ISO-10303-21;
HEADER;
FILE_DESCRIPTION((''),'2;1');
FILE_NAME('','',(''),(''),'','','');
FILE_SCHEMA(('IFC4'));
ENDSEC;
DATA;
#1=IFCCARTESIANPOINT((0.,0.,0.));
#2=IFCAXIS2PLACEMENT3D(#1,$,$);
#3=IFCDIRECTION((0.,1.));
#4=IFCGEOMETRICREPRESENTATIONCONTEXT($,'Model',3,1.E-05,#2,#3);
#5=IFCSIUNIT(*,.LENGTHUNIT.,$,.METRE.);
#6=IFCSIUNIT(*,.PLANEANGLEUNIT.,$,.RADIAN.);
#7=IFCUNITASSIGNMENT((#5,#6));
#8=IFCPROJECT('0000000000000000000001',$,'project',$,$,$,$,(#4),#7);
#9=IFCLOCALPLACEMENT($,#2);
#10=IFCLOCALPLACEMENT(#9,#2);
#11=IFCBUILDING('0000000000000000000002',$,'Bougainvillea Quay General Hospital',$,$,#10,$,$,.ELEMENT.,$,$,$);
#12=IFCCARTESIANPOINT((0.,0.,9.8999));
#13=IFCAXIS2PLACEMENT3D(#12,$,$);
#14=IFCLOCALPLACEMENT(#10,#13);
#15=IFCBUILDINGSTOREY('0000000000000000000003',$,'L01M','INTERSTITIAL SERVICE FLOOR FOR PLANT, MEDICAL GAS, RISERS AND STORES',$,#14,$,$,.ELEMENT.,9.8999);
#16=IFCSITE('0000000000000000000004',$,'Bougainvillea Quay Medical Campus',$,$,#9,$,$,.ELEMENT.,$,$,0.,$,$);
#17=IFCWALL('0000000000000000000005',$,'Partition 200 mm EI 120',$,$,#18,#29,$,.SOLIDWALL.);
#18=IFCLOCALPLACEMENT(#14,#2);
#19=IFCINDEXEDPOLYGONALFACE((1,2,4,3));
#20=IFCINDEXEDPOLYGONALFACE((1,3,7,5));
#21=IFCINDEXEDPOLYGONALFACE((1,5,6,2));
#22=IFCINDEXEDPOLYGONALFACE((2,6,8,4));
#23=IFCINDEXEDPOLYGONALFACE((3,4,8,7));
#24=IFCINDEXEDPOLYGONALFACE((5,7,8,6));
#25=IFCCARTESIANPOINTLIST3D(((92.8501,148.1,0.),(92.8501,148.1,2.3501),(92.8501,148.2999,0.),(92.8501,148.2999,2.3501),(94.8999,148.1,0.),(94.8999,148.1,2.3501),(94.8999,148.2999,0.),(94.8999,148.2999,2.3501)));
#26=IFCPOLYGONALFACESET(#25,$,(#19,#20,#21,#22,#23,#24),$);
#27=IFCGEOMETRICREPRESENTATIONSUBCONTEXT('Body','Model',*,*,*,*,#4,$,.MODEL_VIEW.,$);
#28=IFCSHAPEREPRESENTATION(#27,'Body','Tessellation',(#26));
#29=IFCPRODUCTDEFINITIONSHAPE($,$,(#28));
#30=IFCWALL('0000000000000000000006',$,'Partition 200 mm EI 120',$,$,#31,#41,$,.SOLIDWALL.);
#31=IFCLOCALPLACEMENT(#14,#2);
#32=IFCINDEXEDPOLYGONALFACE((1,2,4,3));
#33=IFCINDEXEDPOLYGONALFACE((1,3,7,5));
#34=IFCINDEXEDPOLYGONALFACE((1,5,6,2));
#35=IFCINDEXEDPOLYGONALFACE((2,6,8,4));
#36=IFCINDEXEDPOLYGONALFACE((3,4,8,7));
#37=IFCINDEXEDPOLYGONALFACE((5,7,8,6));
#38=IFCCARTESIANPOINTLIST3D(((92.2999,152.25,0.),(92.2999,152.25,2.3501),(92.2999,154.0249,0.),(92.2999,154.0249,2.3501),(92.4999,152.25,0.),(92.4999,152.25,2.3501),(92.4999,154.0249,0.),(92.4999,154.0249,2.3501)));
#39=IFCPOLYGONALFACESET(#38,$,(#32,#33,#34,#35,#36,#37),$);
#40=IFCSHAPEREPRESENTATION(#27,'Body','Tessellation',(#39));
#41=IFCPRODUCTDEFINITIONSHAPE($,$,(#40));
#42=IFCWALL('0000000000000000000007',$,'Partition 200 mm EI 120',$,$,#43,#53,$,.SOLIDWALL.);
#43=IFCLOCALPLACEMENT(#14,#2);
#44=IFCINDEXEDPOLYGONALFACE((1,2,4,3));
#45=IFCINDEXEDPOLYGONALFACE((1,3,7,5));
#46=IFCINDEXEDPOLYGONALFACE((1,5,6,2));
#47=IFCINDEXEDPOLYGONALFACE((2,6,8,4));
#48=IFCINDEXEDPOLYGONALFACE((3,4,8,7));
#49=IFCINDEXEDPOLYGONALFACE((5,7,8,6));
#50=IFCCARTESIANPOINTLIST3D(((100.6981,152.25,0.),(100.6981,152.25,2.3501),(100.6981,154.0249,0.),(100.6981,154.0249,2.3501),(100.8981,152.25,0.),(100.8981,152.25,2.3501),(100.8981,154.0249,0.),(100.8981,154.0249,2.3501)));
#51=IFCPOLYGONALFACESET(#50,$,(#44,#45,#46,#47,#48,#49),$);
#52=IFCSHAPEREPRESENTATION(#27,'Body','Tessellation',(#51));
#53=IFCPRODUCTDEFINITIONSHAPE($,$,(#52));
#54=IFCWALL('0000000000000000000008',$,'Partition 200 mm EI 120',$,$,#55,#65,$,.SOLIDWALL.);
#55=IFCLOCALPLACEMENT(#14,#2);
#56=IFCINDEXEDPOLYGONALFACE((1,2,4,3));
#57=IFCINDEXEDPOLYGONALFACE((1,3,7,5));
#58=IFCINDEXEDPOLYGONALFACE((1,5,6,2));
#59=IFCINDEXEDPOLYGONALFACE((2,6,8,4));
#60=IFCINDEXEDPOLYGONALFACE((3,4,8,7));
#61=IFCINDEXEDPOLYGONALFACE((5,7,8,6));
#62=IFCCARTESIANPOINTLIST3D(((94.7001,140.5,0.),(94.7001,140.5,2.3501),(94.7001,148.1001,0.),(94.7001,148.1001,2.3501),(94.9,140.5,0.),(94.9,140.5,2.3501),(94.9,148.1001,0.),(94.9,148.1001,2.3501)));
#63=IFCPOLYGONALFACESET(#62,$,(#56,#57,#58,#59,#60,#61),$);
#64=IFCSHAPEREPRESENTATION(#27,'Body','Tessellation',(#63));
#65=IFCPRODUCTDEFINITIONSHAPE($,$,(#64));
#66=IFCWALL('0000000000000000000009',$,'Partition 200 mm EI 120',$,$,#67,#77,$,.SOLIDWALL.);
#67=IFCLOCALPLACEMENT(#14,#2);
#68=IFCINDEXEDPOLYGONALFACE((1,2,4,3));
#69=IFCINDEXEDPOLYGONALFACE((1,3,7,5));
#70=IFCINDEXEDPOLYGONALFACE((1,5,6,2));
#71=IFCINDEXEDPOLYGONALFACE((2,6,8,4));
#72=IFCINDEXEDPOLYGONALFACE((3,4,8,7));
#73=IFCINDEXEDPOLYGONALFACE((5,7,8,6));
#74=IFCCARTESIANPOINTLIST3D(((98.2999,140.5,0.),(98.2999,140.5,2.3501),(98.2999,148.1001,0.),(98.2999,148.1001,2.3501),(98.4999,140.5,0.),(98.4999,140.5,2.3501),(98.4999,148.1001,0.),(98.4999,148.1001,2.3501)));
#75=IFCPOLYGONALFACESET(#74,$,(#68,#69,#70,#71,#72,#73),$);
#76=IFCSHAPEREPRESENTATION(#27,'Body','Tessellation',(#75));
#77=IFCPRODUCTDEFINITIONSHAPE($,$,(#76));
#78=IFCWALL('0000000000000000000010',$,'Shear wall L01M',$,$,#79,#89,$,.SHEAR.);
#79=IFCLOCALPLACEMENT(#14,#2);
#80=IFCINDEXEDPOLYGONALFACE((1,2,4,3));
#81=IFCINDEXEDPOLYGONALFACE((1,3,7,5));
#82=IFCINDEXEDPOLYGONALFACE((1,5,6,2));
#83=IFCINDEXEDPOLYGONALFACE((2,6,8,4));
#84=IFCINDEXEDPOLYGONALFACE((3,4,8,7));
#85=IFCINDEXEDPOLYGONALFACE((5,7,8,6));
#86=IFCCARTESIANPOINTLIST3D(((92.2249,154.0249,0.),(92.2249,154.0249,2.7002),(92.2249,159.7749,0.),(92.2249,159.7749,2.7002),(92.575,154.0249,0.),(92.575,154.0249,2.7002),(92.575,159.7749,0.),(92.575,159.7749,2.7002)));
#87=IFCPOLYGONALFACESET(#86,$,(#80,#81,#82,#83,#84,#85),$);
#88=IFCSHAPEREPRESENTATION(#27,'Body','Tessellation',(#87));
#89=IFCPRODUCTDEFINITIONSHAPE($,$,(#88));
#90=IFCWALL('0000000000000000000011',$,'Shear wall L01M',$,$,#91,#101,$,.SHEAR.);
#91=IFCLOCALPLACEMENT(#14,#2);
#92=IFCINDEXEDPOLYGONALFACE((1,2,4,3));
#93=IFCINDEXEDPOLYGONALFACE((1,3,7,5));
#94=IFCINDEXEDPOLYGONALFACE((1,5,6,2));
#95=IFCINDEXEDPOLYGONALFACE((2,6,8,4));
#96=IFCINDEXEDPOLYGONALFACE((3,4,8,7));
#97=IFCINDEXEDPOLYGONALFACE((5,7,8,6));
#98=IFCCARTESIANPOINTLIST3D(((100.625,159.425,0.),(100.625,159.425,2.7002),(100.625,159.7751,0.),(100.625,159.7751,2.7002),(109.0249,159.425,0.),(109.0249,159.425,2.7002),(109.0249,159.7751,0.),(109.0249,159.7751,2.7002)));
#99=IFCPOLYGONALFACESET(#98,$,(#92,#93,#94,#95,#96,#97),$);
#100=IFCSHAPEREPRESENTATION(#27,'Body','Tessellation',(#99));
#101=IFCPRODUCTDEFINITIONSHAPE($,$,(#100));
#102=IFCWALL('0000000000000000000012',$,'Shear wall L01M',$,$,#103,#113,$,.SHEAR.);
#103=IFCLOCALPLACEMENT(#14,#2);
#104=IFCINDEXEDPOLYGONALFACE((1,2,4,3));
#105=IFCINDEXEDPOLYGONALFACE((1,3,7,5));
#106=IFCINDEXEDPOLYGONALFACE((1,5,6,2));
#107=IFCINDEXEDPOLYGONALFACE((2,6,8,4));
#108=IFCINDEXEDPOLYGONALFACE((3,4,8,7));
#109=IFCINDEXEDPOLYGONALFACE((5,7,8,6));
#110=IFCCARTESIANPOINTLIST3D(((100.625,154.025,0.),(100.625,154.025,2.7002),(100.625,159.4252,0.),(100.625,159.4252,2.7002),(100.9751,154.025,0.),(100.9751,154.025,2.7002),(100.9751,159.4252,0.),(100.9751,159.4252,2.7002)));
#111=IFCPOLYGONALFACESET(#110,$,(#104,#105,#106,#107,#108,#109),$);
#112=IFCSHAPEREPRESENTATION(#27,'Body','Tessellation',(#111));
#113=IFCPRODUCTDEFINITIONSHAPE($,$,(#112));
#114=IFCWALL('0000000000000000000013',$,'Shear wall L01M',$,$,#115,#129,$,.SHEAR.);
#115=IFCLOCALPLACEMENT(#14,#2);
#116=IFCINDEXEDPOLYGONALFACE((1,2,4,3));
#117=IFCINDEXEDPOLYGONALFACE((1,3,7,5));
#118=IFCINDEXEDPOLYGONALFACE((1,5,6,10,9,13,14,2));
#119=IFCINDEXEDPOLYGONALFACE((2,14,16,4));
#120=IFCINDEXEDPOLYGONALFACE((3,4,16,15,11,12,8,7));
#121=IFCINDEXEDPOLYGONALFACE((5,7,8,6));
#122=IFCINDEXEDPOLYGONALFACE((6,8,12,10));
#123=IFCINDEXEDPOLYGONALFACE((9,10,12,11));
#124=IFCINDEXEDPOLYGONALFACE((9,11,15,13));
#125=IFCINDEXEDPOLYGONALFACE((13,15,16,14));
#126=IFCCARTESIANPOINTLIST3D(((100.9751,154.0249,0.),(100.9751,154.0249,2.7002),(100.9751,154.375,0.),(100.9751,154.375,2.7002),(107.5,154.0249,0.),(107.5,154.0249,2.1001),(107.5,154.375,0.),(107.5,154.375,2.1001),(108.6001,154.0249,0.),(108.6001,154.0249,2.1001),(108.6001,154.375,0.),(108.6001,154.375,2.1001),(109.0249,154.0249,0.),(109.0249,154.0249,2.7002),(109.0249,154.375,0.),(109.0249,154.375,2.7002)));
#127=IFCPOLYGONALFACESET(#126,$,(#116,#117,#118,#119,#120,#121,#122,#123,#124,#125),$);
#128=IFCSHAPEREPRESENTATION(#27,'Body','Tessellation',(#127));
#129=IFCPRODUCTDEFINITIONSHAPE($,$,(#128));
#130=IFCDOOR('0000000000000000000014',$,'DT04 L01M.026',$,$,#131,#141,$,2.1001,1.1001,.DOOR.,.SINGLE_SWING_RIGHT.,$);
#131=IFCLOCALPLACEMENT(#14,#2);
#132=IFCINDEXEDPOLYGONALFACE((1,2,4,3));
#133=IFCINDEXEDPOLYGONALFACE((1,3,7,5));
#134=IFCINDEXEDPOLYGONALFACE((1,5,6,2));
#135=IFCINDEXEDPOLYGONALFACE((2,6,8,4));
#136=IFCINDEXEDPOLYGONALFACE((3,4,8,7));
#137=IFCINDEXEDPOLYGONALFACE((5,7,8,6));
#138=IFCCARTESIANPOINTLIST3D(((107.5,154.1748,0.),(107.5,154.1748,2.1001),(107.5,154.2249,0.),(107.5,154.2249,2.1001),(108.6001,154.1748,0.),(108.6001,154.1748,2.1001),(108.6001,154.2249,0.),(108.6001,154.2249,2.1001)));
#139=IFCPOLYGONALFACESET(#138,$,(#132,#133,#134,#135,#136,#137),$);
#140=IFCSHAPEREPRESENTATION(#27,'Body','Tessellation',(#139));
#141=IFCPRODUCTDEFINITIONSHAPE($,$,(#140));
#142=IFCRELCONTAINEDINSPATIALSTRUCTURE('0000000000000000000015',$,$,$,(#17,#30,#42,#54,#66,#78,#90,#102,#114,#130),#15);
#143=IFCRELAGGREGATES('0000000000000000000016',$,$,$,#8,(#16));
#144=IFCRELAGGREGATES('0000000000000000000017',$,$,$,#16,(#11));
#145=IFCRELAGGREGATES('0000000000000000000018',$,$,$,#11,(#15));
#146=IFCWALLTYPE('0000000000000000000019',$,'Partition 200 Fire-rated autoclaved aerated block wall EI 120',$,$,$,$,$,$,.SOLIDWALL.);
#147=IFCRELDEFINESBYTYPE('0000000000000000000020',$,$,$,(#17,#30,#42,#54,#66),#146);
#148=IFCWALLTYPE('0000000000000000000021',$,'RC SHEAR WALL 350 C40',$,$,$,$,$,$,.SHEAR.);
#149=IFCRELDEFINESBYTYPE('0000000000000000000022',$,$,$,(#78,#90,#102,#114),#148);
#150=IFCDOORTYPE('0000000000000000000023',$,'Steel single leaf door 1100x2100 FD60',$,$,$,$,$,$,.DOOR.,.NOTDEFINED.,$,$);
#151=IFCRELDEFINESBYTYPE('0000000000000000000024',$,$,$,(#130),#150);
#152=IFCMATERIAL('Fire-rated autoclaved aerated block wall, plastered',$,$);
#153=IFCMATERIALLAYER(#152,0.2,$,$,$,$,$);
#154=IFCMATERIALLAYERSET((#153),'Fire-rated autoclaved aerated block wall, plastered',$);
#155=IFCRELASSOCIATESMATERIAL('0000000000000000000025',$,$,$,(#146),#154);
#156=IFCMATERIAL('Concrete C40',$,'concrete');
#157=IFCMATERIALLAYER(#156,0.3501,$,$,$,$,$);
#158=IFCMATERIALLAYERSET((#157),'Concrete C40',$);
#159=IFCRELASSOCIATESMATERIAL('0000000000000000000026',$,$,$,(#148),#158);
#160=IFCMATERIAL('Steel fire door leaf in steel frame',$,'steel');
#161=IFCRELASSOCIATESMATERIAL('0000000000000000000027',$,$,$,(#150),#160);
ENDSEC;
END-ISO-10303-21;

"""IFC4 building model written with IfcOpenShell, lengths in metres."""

from ifc_helpers import new_model, si_unit, direction, frame, frame_2d, origin, place, context, subcontext, project, spatial, rectangle, extrude, material, layer, layer_set, type_object, element, fill, save


model = new_model("IFC4")

# Units and contexts
model_context = context("Model", 3, precision=1e-05, world=origin(), true_north=direction((0.0, 1.0)))
body_context = subcontext(model_context, "Body", "Model", "MODEL_VIEW")
ifc_project = project(units=[si_unit("LENGTHUNIT", "METRE"), si_unit("PLANEANGLEUNIT", "RADIAN")], contexts=[model_context])

# Site, building, storey
site_placement = place(None, origin())
site = spatial("IfcSite", under=ifc_project, at=site_placement, Name="Bougainvillea Quay Medical Campus", CompositionType="ELEMENT", RefElevation=0.0)
building_placement = place(site_placement, origin())
building = spatial("IfcBuilding", under=site, at=building_placement, Name="Bougainvillea Quay General Hospital", CompositionType="ELEMENT")
storey_placement = place(building_placement, frame((0.0, 0.0, 9.8999)))
storey = spatial("IfcBuildingStorey", under=building, at=storey_placement, Name="L01M", Description="INTERSTITIAL SERVICE FLOOR FOR PLANT, MEDICAL GAS, RISERS AND STORES", CompositionType="ELEMENT", Elevation=9.8999)

# Shared definitions
ifc_material_1 = material(Name="Fire-rated autoclaved aerated block wall, plastered")
ifc_layer_1 = layer(ifc_material_1, 0.2)
ifc_layer_set_1 = layer_set([ifc_layer_1], Name="Fire-rated autoclaved aerated block wall, plastered")
wall_type_1 = type_object("IfcWallType", Name="Partition 200 Fire-rated autoclaved aerated block wall EI 120", PredefinedType="SOLIDWALL", material=ifc_layer_set_1)

# Walls
for number, where, z_axis, x_axis, name in (
    (1, (92.8501, 148.2, 0.0), (0.0, 0.0, 1.0), (1.0, 0.0, 0.0), "Partition 200 mm EI 120"),
):
    element("IfcWall", number, at=place(storey_placement, frame(where, z_axis=z_axis, x_axis=x_axis)), inside=storey, type_object=wall_type_1, Name=name, PredefinedType="SOLIDWALL", context=body_context, shape_type="SweptSolid", body=[
        extrude(rectangle(XDim=2.0498, YDim=0.2, at=frame_2d((1.0249, 0.0))), origin(), (0.0, 0.0, 1.0), 2.3501),
    ])
for number, where, z_axis, x_axis, name in (
    (2, (92.3999, 152.25, 0.0), (0.0, 0.0, 1.0), (0.0, 1.0, 0.0), "Partition 200 mm EI 120"),
    (3, (100.7981, 152.25, 0.0), (0.0, 0.0, 1.0), (0.0, 1.0, 0.0), "Partition 200 mm EI 120"),
):
    element("IfcWall", number, at=place(storey_placement, frame(where, z_axis=z_axis, x_axis=x_axis)), inside=storey, type_object=wall_type_1, Name=name, PredefinedType="SOLIDWALL", context=body_context, shape_type="SweptSolid", body=[
        extrude(rectangle(XDim=1.7749, YDim=0.2, at=frame_2d((0.8875, 0.0))), origin(), (0.0, 0.0, 1.0), 2.3501),
    ])
for number, where, z_axis, x_axis, name in (
    (4, (94.8, 140.5, 0.0), (0.0, 0.0, 1.0), (0.0, 1.0, 0.0), "Partition 200 mm EI 120"),
    (5, (98.3999, 140.5, 0.0), (0.0, 0.0, 1.0), (0.0, 1.0, 0.0), "Partition 200 mm EI 120"),
):
    element("IfcWall", number, at=place(storey_placement, frame(where, z_axis=z_axis, x_axis=x_axis)), inside=storey, type_object=wall_type_1, Name=name, PredefinedType="SOLIDWALL", context=body_context, shape_type="SweptSolid", body=[
        extrude(rectangle(XDim=7.6001, YDim=0.2, at=frame_2d((3.8, 0.0))), origin(), (0.0, 0.0, 1.0), 2.3501),
    ])
ifc_material_2 = material(Name="Concrete C40", Category="concrete")
ifc_layer_2 = layer(ifc_material_2, 0.3501)
ifc_layer_set_2 = layer_set([ifc_layer_2], Name="Concrete C40")
wall_type_2 = type_object("IfcWallType", Name="RC SHEAR WALL 350 C40", PredefinedType="SHEAR", material=ifc_layer_set_2)
wall_1_placement = place(storey_placement, frame((92.3999, 154.0249, 0.0), z_axis=(0.0, 0.0, 1.0), x_axis=(0.0, 1.0, 0.0)))
element("IfcWall", 6, at=wall_1_placement, inside=storey, type_object=wall_type_2, Name="Shear wall L01M", PredefinedType="SHEAR", context=body_context, shape_type="SweptSolid", body=[
    extrude(rectangle(XDim=5.75, YDim=0.3501, at=frame_2d((2.875, 0.0))), origin(), (0.0, 0.0, 1.0), 2.7002),
])
wall_2_placement = place(storey_placement, frame((100.625, 159.6001, 0.0), z_axis=(0.0, 0.0, 1.0), x_axis=(1.0, 0.0, 0.0)))
element("IfcWall", 7, at=wall_2_placement, inside=storey, type_object=wall_type_2, Name="Shear wall L01M", PredefinedType="SHEAR", context=body_context, shape_type="SweptSolid", body=[
    extrude(rectangle(XDim=8.3999, YDim=0.3501, at=frame_2d((4.2, 0.0))), origin(), (0.0, 0.0, 1.0), 2.7002),
])
wall_3_placement = place(storey_placement, frame((100.8, 154.0249, 0.0), z_axis=(0.0, 0.0, 1.0), x_axis=(0.0, 1.0, 0.0)))
element("IfcWall", 8, at=wall_3_placement, inside=storey, type_object=wall_type_2, Name="Shear wall L01M", PredefinedType="SHEAR", context=body_context, shape_type="SweptSolid", body=[
    extrude(rectangle(XDim=5.4001, YDim=0.3501, at=frame_2d((2.7002, 0.0))), origin(), (0.0, 0.0, 1.0), 2.7002),
])

# Wall, opening, door
wall_4_placement = place(storey_placement, frame((100.9751, 154.2, 0.0), z_axis=(0.0, 0.0, 1.0), x_axis=(1.0, 0.0, 0.0)))
wall_4 = element("IfcWall", 9, at=wall_4_placement, inside=storey, type_object=wall_type_2, Name="Shear wall L01M", PredefinedType="SHEAR", context=body_context, shape_type="SweptSolid", body=[
    extrude(rectangle(XDim=8.0498, YDim=0.3501, at=frame_2d((4.0249, 0.0))), origin(), (0.0, 0.0, 1.0), 2.7002),
])
opening_1_placement = place(wall_4_placement, frame((6.5249, 0.0, 0.0)))
opening_1 = element("IfcOpeningElement", 10, at=opening_1_placement, cuts=wall_4, PredefinedType="OPENING", context=body_context, shape_type="SweptSolid", body=[
    extrude(rectangle(XDim=1.1001, YDim=2.1001, at=frame_2d((0.55, 1.05))), frame((0.0, 0.1851, 0.0), z_axis=(0.0, -1.0, 0.0), x_axis=(1.0, 0.0, 0.0)), (0.0, 0.0, 1.0), 0.3701),
])
ifc_material_3 = material(Name="Steel fire door leaf in steel frame", Category="steel")
door_type_1 = type_object("IfcDoorType", Name="Steel single leaf door 1100x2100 FD60", OperationType="NOTDEFINED", PredefinedType="DOOR", material=ifc_material_3)
door_1_placement = place(opening_1_placement, origin())
door_1 = element("IfcDoor", 11, at=door_1_placement, inside=storey, type_object=door_type_1, Name="DT04 L01M.026", OperationType="SINGLE_SWING_RIGHT", OverallHeight=2.1001, OverallWidth=1.1001, PredefinedType="DOOR", context=body_context, shape_type="SweptSolid", body=[
    extrude(rectangle(XDim=1.1001, YDim=2.1001, at=frame_2d((0.55, 1.05))), frame((0.0, 0.0249, 0.0), z_axis=(0.0, -1.0, 0.0), x_axis=(1.0, 0.0, 0.0)), (0.0, 0.0, 1.0), 0.05),
])
fill(opening_1, door_1)

save(model, "model.ifc")
